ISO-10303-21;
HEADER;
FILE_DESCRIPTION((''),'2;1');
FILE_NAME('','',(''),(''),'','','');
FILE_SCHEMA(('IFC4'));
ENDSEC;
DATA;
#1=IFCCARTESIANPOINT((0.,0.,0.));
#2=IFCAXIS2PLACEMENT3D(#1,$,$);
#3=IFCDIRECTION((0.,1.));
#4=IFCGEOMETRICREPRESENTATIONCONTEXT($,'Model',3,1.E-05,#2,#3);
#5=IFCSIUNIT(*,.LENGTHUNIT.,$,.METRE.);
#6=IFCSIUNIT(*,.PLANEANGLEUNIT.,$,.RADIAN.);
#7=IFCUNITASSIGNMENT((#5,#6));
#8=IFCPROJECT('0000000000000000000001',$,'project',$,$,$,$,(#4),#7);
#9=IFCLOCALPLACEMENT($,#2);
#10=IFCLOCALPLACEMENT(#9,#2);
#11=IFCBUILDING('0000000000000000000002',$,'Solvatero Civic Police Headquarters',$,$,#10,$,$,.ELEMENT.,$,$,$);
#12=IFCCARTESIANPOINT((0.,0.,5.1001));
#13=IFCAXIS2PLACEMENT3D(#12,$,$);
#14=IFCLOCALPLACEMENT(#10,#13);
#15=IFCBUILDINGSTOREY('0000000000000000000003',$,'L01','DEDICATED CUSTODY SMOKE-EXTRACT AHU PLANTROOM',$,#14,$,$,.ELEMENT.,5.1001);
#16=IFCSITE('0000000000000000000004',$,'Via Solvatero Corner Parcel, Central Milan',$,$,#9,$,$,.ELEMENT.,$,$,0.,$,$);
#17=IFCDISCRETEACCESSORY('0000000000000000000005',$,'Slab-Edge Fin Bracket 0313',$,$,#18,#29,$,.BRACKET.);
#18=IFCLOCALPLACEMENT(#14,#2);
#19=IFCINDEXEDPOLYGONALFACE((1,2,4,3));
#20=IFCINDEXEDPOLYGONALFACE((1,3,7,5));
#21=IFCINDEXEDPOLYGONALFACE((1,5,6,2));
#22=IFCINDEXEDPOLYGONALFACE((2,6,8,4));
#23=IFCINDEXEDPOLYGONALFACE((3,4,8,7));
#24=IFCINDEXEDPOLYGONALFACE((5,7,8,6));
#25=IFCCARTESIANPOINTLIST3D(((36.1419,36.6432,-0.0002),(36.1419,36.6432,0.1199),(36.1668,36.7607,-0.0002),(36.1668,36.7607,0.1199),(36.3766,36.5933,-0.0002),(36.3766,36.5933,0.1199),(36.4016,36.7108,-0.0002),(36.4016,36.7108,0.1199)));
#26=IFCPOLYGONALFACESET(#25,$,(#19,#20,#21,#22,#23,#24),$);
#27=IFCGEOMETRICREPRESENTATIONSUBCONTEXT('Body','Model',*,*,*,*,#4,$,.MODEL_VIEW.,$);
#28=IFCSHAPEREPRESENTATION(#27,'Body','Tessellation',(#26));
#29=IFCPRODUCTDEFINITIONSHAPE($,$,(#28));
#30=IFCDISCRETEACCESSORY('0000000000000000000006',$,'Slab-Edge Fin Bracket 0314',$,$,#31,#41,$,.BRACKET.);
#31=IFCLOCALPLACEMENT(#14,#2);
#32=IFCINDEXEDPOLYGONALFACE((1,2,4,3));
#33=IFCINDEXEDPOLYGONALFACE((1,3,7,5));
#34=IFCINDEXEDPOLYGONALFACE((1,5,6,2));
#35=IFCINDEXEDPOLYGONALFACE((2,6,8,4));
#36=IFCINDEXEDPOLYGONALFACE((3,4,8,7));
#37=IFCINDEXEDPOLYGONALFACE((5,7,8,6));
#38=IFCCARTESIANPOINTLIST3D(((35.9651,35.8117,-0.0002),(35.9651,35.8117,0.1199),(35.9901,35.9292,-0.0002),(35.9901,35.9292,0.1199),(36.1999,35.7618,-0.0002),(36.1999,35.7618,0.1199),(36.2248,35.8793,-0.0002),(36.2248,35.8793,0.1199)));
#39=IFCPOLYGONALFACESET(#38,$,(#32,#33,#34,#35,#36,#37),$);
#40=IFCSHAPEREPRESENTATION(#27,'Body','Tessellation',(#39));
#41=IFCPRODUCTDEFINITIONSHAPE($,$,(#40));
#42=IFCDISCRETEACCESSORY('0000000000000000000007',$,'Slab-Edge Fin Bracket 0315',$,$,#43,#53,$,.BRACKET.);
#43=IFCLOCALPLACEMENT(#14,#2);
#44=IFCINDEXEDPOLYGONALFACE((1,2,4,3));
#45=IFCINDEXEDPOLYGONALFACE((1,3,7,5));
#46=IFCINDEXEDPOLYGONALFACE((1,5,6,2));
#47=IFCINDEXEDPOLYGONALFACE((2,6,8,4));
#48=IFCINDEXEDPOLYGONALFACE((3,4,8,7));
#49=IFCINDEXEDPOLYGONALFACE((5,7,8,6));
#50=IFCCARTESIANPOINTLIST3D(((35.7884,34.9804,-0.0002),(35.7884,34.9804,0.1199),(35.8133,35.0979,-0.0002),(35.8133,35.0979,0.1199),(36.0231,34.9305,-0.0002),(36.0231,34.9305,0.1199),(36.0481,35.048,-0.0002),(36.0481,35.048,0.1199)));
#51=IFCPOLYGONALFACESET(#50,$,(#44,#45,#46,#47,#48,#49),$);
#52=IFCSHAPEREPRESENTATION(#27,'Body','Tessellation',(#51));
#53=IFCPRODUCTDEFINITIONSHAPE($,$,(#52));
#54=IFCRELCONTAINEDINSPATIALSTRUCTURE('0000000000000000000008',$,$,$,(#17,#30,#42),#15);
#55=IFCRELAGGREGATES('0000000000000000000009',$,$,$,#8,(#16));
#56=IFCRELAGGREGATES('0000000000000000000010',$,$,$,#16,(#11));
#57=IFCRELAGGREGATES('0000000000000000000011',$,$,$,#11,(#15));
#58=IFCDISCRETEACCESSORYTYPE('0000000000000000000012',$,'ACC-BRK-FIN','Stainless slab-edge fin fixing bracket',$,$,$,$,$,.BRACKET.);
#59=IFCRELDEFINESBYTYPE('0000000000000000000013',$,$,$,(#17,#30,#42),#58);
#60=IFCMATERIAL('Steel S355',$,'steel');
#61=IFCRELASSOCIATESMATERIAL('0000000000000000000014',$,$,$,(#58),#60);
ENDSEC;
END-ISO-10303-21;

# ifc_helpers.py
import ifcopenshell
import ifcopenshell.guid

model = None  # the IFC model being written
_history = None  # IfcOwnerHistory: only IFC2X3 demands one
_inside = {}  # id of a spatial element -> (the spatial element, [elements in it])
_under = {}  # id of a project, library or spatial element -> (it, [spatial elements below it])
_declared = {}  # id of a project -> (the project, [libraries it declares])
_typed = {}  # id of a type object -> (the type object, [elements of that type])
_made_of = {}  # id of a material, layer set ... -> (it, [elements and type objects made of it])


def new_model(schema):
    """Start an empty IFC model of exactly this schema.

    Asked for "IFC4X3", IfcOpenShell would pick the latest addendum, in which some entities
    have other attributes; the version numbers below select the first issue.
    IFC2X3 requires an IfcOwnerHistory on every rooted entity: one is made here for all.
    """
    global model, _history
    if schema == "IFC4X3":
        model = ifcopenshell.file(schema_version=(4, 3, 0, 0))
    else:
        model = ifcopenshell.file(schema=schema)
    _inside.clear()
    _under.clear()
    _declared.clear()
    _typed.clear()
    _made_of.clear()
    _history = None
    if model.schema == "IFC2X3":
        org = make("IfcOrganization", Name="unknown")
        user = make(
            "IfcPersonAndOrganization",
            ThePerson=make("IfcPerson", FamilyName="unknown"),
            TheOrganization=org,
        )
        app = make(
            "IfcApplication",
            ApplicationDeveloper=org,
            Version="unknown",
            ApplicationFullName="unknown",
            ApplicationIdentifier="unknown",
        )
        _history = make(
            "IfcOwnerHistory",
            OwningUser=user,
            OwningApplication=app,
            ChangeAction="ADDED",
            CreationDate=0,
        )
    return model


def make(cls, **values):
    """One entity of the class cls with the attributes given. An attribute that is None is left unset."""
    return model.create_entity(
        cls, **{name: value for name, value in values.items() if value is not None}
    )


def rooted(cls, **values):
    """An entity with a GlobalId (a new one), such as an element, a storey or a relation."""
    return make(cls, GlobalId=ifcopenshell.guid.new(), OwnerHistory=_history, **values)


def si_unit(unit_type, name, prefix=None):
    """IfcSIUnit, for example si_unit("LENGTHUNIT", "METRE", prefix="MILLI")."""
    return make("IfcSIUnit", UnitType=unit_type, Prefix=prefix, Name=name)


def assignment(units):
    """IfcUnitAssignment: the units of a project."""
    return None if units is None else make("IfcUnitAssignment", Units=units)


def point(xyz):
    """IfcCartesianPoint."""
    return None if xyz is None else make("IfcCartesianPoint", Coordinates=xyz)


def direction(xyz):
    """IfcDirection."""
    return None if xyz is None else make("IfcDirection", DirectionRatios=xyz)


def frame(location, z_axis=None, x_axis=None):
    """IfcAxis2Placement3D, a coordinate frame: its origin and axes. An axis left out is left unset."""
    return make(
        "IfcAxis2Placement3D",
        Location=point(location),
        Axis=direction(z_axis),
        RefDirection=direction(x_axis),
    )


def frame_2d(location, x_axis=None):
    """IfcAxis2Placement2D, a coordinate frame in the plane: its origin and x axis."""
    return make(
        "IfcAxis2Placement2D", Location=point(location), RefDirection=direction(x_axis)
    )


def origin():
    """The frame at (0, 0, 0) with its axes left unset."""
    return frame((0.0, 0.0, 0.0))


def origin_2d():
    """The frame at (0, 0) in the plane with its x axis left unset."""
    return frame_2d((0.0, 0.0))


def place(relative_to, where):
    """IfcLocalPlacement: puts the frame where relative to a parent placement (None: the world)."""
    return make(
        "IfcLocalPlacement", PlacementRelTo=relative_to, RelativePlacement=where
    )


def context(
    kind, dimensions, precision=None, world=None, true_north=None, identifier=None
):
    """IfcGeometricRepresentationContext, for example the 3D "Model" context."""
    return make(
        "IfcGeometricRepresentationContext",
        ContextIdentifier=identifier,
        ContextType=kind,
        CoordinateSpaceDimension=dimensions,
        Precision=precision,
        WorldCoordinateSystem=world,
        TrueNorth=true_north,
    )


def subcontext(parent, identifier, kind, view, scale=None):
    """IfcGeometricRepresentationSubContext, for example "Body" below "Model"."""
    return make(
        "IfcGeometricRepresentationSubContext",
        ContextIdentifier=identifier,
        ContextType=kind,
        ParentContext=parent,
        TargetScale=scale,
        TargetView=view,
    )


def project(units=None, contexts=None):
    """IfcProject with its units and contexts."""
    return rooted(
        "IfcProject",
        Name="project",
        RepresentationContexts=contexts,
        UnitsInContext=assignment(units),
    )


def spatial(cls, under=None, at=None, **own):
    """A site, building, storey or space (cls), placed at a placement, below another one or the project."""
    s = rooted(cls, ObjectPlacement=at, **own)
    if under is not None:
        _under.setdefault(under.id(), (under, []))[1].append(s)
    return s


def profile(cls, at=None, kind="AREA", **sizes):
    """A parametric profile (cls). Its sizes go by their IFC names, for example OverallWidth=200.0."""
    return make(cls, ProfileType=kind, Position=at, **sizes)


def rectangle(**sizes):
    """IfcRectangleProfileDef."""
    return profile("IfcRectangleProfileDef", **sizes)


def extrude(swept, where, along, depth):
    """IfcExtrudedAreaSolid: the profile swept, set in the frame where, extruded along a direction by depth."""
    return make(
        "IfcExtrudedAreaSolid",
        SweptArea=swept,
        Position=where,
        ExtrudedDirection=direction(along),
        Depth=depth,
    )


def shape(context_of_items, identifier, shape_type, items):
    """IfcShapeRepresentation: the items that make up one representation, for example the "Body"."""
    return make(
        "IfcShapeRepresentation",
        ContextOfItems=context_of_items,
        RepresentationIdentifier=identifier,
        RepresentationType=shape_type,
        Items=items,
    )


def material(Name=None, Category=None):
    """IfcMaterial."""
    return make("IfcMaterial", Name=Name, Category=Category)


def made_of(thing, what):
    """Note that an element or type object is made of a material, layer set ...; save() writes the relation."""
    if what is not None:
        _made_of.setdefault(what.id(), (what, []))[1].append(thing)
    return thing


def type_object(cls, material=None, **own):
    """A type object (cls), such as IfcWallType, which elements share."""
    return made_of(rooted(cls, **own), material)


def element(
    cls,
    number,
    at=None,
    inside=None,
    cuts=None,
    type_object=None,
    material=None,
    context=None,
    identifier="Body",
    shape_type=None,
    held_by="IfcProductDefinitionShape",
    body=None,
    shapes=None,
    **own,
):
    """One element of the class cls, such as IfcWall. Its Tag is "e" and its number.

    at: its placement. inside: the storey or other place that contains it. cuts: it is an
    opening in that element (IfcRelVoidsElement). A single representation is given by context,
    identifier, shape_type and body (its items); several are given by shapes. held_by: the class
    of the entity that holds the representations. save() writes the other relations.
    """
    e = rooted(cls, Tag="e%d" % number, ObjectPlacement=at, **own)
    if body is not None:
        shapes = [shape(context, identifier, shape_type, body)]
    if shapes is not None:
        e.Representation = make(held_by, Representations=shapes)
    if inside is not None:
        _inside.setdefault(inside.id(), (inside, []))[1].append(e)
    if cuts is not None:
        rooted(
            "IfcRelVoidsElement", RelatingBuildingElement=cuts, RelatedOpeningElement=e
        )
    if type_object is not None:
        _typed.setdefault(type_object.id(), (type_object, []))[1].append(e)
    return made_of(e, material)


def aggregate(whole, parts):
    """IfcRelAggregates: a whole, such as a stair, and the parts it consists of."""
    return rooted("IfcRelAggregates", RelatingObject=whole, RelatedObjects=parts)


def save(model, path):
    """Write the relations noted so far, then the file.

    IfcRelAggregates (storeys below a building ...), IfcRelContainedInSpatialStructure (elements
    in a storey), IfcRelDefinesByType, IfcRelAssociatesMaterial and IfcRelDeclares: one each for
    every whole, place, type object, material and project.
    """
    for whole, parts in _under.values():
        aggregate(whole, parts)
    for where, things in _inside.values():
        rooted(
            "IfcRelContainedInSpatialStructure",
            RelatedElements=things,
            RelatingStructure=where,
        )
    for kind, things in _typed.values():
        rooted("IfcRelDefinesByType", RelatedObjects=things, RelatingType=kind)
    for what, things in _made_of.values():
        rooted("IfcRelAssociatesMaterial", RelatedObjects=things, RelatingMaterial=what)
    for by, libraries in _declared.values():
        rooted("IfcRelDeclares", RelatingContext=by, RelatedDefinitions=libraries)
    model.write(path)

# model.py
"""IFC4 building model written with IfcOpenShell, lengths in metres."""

from ifc_helpers import new_model, si_unit, direction, frame, origin, origin_2d, place, context, subcontext, project, spatial, rectangle, extrude, material, type_object, element, save


model = new_model("IFC4")

# Units and contexts
model_context = context("Model", 3, precision=1e-05, world=origin(), true_north=direction((0.0, 1.0)))
body_context = subcontext(model_context, "Body", "Model", "MODEL_VIEW")
ifc_project = project(units=[si_unit("LENGTHUNIT", "METRE"), si_unit("PLANEANGLEUNIT", "RADIAN")], contexts=[model_context])

# Site, building, storey
site_placement = place(None, origin())
site = spatial("IfcSite", under=ifc_project, at=site_placement, Name="Via Solvatero Corner Parcel, Central Milan", CompositionType="ELEMENT", RefElevation=0.0)
building_placement = place(site_placement, origin())
building = spatial("IfcBuilding", under=site, at=building_placement, Name="Solvatero Civic Police Headquarters", CompositionType="ELEMENT")
storey_placement = place(building_placement, frame((0.0, 0.0, 5.1001)))
storey = spatial("IfcBuildingStorey", under=building, at=storey_placement, Name="L01", Description="DEDICATED CUSTODY SMOKE-EXTRACT AHU PLANTROOM", CompositionType="ELEMENT", Elevation=5.1001)

# Shared definitions
ifc_material_1 = material(Name="Steel S355", Category="steel")

# Discrete accessories
discrete_accessory_type = type_object("IfcDiscreteAccessoryType", Name="ACC-BRK-FIN", Description="Stainless slab-edge fin fixing bracket", PredefinedType="BRACKET", material=ifc_material_1)
for number, where, z_axis, x_axis, name in (
    (1, (36.2717, 36.677, -0.0002), (0.0, 0.0, 1.0), (-0.207912, -0.978148, 0.0), "Slab-Edge Fin Bracket 0313"),
    (2, (36.095, 35.8455, -0.0002), (0.0, 0.0, 1.0), (-0.207912, -0.978148, 0.0), "Slab-Edge Fin Bracket 0314"),
    (3, (35.9182, 35.0142, -0.0002), (0.0, 0.0, 1.0), (-0.207912, -0.978148, 0.0), "Slab-Edge Fin Bracket 0315"),
):
    element("IfcDiscreteAccessory", number, at=place(storey_placement, frame(where, z_axis=z_axis, x_axis=x_axis)), inside=storey, type_object=discrete_accessory_type, Name=name, PredefinedType="BRACKET", context=body_context, shape_type="SweptSolid", body=[
        extrude(rectangle(XDim=0.1201, YDim=0.24, at=origin_2d()), origin(), (0.0, 0.0, 1.0), 0.1201),
    ])

save(model, "model.ifc")
